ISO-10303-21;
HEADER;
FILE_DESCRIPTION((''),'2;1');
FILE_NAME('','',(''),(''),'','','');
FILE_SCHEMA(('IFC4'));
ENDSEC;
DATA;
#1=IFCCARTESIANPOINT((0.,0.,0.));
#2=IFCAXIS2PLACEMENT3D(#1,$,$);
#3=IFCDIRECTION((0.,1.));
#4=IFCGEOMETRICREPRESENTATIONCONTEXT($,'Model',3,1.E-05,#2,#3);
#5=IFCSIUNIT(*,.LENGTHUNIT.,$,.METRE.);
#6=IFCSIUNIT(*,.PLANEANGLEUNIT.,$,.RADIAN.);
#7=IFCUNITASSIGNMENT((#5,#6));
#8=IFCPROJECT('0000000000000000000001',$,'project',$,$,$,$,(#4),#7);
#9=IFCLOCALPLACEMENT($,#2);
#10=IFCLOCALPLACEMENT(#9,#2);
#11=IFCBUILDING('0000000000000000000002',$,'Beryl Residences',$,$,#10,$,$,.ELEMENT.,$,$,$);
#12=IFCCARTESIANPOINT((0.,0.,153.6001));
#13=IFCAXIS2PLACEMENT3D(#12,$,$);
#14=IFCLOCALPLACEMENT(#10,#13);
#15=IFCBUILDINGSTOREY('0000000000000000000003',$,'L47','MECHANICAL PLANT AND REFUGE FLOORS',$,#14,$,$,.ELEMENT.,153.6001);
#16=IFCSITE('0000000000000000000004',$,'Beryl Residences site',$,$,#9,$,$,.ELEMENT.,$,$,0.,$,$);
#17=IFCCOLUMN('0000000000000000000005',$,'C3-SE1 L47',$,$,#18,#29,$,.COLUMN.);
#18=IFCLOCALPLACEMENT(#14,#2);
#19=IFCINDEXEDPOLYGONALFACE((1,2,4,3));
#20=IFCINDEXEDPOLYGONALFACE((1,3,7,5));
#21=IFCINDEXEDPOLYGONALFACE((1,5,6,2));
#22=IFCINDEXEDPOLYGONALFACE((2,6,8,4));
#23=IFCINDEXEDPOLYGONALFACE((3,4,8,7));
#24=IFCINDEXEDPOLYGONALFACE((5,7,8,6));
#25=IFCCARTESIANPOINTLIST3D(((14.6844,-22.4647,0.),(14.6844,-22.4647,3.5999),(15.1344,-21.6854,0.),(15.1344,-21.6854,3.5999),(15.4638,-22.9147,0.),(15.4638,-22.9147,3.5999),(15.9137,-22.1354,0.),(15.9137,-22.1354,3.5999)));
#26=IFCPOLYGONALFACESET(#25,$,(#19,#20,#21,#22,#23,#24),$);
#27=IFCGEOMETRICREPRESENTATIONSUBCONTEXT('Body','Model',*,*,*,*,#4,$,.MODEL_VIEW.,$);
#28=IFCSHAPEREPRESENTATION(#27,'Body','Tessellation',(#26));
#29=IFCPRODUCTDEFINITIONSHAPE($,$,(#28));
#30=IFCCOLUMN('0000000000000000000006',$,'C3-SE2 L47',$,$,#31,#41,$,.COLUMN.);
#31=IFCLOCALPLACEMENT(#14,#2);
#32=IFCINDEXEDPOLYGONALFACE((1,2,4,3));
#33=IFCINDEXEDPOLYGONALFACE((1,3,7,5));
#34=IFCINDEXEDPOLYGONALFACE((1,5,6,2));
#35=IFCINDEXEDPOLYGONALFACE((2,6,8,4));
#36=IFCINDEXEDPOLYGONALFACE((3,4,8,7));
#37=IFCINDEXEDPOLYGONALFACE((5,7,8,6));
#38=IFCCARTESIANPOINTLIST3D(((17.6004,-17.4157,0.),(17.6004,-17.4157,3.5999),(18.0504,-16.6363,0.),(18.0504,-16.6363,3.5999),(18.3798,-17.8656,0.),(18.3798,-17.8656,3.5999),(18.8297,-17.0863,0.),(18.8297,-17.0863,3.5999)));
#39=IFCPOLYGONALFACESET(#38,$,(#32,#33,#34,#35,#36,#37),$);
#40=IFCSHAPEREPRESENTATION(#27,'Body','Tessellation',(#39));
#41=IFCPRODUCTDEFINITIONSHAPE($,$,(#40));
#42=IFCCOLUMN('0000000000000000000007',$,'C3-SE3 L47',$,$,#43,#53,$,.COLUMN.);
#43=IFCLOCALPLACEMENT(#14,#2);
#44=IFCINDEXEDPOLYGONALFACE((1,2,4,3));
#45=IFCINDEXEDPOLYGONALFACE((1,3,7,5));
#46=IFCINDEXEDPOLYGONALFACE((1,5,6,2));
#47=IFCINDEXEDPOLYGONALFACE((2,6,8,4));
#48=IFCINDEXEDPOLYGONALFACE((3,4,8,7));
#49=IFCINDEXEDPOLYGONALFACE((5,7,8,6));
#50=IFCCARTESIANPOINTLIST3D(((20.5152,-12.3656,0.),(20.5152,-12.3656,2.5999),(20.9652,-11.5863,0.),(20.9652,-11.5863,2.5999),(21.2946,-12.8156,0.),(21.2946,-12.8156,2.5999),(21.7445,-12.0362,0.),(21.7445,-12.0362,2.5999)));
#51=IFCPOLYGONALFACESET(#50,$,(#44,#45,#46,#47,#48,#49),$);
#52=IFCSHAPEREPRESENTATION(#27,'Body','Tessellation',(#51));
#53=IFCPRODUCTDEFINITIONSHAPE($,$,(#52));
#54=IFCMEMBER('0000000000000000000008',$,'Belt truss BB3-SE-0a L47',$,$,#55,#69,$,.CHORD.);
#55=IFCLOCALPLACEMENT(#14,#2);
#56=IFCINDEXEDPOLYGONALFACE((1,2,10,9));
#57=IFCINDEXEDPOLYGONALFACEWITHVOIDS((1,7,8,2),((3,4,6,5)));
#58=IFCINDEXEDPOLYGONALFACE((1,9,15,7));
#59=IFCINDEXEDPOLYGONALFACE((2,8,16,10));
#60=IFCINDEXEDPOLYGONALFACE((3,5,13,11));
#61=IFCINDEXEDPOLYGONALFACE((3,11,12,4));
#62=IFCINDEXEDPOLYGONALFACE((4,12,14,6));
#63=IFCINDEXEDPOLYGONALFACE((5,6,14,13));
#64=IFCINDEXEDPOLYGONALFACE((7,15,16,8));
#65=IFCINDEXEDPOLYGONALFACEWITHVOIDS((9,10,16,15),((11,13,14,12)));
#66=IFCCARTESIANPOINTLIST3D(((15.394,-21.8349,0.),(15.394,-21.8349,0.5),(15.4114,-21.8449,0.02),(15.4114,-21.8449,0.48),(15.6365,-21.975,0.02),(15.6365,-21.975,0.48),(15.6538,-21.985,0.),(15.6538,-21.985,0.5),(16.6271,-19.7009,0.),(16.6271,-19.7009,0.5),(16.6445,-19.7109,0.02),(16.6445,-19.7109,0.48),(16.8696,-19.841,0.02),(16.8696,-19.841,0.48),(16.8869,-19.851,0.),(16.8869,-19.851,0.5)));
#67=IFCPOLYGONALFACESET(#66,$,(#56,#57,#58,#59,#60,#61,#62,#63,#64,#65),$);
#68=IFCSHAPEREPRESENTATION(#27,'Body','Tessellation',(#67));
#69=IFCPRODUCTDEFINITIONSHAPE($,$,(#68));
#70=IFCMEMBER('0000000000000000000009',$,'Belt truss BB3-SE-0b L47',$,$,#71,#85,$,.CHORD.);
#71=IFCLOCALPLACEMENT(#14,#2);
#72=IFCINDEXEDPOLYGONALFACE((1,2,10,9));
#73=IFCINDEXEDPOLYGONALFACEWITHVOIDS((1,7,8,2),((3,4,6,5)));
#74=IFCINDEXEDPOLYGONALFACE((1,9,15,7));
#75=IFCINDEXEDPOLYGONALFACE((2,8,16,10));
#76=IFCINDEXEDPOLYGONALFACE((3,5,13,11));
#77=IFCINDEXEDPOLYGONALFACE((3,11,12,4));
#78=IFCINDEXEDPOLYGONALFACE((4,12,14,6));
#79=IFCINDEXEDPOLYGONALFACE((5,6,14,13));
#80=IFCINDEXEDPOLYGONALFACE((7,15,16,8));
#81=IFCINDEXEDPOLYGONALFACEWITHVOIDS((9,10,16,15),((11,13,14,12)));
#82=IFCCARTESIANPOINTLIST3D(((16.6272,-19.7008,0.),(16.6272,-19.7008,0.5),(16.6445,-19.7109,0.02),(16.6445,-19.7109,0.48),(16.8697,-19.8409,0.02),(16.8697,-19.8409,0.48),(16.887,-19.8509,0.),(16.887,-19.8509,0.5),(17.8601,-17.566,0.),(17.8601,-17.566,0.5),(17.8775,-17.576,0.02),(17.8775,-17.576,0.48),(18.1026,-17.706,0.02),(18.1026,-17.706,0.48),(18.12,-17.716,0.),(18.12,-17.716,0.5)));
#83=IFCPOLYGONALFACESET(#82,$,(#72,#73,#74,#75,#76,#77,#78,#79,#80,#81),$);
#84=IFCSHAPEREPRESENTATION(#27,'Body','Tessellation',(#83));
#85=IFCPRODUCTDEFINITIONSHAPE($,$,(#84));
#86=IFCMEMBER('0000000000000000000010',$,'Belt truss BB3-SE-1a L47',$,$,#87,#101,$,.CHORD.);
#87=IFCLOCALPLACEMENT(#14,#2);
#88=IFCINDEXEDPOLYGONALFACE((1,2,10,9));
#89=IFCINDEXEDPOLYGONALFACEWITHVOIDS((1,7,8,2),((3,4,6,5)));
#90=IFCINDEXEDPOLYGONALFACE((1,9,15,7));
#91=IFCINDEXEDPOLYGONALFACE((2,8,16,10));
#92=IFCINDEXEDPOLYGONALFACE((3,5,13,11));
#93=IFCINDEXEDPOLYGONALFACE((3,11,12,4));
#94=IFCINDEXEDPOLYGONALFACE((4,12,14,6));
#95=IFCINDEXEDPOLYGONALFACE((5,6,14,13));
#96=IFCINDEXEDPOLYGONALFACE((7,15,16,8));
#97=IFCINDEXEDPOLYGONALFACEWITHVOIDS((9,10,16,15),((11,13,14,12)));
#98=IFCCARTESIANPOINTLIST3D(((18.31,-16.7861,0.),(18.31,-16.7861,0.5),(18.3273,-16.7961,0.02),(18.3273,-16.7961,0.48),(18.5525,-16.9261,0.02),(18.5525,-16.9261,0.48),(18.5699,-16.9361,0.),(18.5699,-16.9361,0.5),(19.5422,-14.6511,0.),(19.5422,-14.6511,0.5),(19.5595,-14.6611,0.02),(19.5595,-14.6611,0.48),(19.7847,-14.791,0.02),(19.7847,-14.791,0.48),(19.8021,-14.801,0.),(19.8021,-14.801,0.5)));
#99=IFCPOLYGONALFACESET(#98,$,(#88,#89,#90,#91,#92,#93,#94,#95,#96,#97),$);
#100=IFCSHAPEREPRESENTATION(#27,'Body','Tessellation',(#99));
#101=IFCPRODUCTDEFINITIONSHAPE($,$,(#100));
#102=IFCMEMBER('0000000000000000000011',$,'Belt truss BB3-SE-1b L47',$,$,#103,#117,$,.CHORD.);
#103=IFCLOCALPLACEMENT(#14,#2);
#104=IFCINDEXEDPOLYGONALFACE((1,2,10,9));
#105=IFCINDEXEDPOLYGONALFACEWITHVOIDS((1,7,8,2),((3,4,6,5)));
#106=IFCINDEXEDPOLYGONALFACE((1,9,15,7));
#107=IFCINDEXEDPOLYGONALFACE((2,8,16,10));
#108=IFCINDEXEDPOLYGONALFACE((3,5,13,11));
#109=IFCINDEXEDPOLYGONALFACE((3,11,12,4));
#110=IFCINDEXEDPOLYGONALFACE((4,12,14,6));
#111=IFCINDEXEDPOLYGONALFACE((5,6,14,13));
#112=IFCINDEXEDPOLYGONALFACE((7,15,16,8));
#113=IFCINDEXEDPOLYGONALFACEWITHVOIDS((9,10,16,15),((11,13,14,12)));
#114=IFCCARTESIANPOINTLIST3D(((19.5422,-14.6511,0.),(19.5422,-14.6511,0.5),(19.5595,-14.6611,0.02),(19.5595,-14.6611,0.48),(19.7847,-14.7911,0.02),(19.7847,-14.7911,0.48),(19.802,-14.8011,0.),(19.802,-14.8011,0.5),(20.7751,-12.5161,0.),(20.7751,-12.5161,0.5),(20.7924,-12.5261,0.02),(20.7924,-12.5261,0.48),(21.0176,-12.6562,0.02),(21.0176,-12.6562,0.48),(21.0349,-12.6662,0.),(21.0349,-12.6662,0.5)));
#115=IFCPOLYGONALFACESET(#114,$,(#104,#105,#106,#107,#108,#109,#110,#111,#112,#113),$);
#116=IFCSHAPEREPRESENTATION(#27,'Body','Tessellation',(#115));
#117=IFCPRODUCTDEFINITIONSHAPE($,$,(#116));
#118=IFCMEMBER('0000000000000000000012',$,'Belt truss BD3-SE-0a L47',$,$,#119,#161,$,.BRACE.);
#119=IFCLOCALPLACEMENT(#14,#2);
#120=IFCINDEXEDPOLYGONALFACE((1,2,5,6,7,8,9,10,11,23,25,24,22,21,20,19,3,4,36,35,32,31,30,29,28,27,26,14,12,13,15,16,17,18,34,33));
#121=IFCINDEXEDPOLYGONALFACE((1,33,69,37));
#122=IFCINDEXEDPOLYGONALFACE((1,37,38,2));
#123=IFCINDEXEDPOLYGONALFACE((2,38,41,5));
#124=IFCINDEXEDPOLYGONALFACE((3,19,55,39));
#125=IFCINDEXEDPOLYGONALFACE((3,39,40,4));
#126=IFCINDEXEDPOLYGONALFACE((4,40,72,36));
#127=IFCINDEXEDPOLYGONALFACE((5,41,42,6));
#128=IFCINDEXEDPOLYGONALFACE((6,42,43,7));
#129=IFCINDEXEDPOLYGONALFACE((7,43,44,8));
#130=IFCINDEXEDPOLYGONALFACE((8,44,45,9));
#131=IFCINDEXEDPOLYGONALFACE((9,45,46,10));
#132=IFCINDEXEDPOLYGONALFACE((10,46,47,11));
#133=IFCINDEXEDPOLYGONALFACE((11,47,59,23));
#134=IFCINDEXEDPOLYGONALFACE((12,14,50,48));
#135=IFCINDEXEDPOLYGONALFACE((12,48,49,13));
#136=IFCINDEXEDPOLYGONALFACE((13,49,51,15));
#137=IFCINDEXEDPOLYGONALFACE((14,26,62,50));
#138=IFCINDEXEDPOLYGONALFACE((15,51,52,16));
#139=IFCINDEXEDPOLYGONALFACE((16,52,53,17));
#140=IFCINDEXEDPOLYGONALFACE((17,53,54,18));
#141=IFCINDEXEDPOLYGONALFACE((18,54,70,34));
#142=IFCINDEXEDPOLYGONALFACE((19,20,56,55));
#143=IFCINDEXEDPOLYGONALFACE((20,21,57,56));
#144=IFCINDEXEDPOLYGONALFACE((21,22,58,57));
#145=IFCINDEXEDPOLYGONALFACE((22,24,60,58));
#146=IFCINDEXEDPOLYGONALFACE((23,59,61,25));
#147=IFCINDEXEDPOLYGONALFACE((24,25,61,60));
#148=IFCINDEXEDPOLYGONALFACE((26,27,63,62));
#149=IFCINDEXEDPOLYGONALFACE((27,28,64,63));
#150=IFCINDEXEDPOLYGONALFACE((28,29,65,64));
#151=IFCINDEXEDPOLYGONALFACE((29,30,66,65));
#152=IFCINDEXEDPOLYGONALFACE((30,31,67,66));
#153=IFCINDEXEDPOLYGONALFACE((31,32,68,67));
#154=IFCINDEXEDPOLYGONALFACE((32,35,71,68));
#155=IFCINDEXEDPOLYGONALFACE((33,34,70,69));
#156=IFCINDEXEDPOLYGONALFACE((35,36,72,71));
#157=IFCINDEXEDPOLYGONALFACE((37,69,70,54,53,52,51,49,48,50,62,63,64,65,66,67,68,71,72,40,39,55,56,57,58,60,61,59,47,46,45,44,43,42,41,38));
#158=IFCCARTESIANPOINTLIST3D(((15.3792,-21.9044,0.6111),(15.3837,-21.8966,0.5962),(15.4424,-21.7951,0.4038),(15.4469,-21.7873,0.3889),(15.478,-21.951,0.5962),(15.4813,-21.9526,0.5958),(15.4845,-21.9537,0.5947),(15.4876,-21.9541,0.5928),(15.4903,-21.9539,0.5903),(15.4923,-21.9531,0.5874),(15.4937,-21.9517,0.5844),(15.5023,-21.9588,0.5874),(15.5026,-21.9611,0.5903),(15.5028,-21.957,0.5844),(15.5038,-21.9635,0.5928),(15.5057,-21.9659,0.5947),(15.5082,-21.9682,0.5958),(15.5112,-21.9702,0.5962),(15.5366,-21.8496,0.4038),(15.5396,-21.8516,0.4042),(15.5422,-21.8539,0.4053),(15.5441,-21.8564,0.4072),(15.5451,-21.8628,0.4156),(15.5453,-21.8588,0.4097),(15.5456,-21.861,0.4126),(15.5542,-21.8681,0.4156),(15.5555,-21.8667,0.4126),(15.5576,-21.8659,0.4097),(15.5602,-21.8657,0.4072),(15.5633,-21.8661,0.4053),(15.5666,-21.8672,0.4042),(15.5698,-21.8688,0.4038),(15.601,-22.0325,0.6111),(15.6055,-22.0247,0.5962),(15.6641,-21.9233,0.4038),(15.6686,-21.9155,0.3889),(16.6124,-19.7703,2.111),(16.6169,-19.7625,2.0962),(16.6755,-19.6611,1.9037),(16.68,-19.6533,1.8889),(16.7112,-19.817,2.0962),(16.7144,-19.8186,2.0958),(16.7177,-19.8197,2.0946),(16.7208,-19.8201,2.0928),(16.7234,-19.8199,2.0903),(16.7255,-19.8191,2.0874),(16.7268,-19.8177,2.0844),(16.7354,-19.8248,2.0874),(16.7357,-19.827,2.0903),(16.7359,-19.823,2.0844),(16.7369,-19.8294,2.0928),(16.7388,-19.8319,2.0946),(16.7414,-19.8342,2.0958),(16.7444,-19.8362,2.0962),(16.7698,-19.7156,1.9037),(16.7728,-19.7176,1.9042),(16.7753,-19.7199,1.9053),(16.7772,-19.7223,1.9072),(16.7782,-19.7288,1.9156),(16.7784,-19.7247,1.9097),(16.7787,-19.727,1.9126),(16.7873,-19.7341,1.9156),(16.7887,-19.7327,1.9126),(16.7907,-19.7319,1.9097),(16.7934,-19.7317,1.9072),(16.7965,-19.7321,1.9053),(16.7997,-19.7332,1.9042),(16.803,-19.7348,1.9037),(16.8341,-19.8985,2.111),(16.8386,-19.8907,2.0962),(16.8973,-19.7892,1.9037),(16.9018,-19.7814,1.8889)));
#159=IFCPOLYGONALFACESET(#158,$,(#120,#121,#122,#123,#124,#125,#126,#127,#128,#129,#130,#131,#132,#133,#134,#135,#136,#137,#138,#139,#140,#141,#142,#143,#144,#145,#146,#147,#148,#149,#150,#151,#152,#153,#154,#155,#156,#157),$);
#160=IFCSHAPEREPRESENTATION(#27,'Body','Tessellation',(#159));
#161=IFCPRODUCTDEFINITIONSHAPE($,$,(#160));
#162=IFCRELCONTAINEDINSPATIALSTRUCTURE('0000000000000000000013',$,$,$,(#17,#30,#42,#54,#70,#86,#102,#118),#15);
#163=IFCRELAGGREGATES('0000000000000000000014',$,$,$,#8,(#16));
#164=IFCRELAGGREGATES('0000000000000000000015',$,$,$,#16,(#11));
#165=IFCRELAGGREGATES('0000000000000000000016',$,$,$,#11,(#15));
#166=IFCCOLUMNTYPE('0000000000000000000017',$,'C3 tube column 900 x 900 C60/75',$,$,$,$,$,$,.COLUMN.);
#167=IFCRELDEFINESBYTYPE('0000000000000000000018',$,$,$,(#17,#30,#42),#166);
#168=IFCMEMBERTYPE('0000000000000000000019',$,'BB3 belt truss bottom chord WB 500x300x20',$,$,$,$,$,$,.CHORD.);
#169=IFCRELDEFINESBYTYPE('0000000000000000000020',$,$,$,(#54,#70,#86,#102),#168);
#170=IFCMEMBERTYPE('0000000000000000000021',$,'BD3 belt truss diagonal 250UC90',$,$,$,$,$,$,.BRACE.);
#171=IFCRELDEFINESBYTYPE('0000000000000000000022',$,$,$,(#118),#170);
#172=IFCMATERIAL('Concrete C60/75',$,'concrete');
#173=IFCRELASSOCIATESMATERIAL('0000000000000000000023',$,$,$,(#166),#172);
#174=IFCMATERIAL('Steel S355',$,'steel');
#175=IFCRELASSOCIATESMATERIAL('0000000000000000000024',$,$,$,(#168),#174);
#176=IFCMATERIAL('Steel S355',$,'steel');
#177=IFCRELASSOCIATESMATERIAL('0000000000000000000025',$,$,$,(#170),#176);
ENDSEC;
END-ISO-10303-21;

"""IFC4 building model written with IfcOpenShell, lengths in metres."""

from ifc_helpers import new_model, si_unit, direction, frame, origin, origin_2d, place, context, subcontext, project, spatial, rectangle, hollow_rectangle, i_section, extrude, material, material_profile, profile_set, type_object, element, save


model = new_model("IFC4")

# Units and contexts
model_context = context("Model", 3, precision=1e-05, world=origin(), true_north=direction((0.0, 1.0)))
body_context = subcontext(model_context, "Body", "Model", "MODEL_VIEW")
ifc_project = project(units=[si_unit("LENGTHUNIT", "METRE"), si_unit("PLANEANGLEUNIT", "RADIAN")], contexts=[model_context])

# Site, building, storey
site_placement = place(None, origin())
site = spatial("IfcSite", under=ifc_project, at=site_placement, Name="Beryl Residences site", CompositionType="ELEMENT", RefElevation=0.0)
building_placement = place(site_placement, origin())
building = spatial("IfcBuilding", under=site, at=building_placement, Name="Beryl Residences", CompositionType="ELEMENT")
storey_placement = place(building_placement, frame((0.0, 0.0, 153.6001)))
storey = spatial("IfcBuildingStorey", under=building, at=storey_placement, Name="L47", Description="MECHANICAL PLANT AND REFUGE FLOORS", CompositionType="ELEMENT", Elevation=153.6001)

# Columns
ifc_material_1 = material(Name="Concrete C60/75", Category="concrete")
ifc_material_profile_1 = material_profile(ifc_material_1, rectangle(XDim=0.8999, YDim=0.8999, at=origin_2d()))
ifc_profile_set_1 = profile_set([ifc_material_profile_1], Name="Concrete C60/75")
column_type = type_object("IfcColumnType", Name="C3 tube column 900 x 900 C60/75", PredefinedType="COLUMN", material=ifc_profile_set_1)
for number, where, z_axis, x_axis, name in (
    (1, (15.2991, -22.3, 0.0), (0.0, 0.0, 1.0), (0.5, 0.866025, 0.0), "C3-SE1 L47"),
    (2, (18.2151, -17.251, 0.0), (0.0, 0.0, 1.0), (0.5, 0.866025, 0.0), "C3-SE2 L47"),
):
    element("IfcColumn", number, at=place(storey_placement, frame(where, z_axis=z_axis, x_axis=x_axis)), inside=storey, type_object=column_type, Name=name, PredefinedType="COLUMN", context=body_context, shape_type="SweptSolid", body=[
        extrude(rectangle(XDim=0.8999, YDim=0.8999, at=origin_2d()), origin(), (0.0, 0.0, 1.0), 3.5999),
    ])
column_placement = place(storey_placement, frame((21.1299, -12.2009, 0.0), z_axis=(0.0, 0.0, 1.0), x_axis=(0.5, 0.866025, 0.0)))
element("IfcColumn", 3, at=column_placement, inside=storey, type_object=column_type, Name="C3-SE3 L47", PredefinedType="COLUMN", context=body_context, shape_type="SweptSolid", body=[
    extrude(rectangle(XDim=0.8999, YDim=0.8999, at=origin_2d()), origin(), (0.0, 0.0, 1.0), 2.5999),
])

# Members
ifc_material_2 = material(Name="Steel S355", Category="steel")
ifc_material_profile_2 = material_profile(ifc_material_2, hollow_rectangle(XDim=0.3, YDim=0.5, WallThickness=0.02, at=origin_2d()))
ifc_profile_set_2 = profile_set([ifc_material_profile_2], Name="Steel S355")
member_type_1 = type_object("IfcMemberType", Name="BB3 belt truss bottom chord WB 500x300x20", PredefinedType="CHORD", material=ifc_profile_set_2)
member_1_placement = place(storey_placement, frame((15.5239, -21.9099, 0.25), z_axis=(0.500325, 0.865837, 0.0), x_axis=(-0.865837, 0.500325, 0.0)))
element("IfcMember", 4, at=member_1_placement, inside=storey, type_object=member_type_1, Name="Belt truss BB3-SE-0a L47", PredefinedType="CHORD", context=body_context, shape_type="SweptSolid", body=[
    extrude(hollow_rectangle(XDim=0.3, YDim=0.5, WallThickness=0.02, at=origin_2d()), origin(), (0.0, 0.0, 1.0), 2.4646),
])
member_2_placement = place(storey_placement, frame((16.7571, -19.7759, 0.25), z_axis=(0.500122, 0.865955, 0.0), x_axis=(-0.865955, 0.500122, 0.0)))
element("IfcMember", 5, at=member_2_placement, inside=storey, type_object=member_type_1, Name="Belt truss BB3-SE-0b L47", PredefinedType="CHORD", context=body_context, shape_type="SweptSolid", body=[
    extrude(hollow_rectangle(XDim=0.3, YDim=0.5, WallThickness=0.02, at=origin_2d()), origin(), (0.0, 0.0, 1.0), 2.4653),
])
member_3_placement = place(storey_placement, frame((18.4399, -16.8611, 0.25), z_axis=(0.499857, 0.866108, 0.0), x_axis=(-0.866108, 0.499857, 0.0)))
element("IfcMember", 6, at=member_3_placement, inside=storey, type_object=member_type_1, Name="Belt truss BB3-SE-1a L47", PredefinedType="CHORD", context=body_context, shape_type="SweptSolid", body=[
    extrude(hollow_rectangle(XDim=0.3, YDim=0.5, WallThickness=0.02, at=origin_2d()), origin(), (0.0, 0.0, 1.0), 2.4651),
])
member_4_placement = place(storey_placement, frame((19.6721, -14.7261, 0.25), z_axis=(0.50008, 0.865979, 0.0), x_axis=(-0.865979, 0.50008, 0.0)))
element("IfcMember", 7, at=member_4_placement, inside=storey, type_object=member_type_1, Name="Belt truss BB3-SE-1b L47", PredefinedType="CHORD", context=body_context, shape_type="SweptSolid", body=[
    extrude(hollow_rectangle(XDim=0.3, YDim=0.5, WallThickness=0.02, at=origin_2d()), origin(), (0.0, 0.0, 1.0), 2.4653),
])
ifc_material_3 = material(Name="Steel S355", Category="steel")
ifc_material_profile_3 = material_profile(ifc_material_3, i_section(OverallWidth=0.2561, OverallDepth=0.26, WebThickness=0.0105, FlangeThickness=0.0173, FilletRadius=0.0139, at=origin_2d()))
ifc_profile_set_3 = profile_set([ifc_material_profile_3], Name="Steel S355")
member_type_2 = type_object("IfcMemberType", Name="BD3 belt truss diagonal 250UC90", PredefinedType="BRACE", material=ifc_profile_set_3)
member_5_placement = place(storey_placement, frame((15.5239, -21.9099, 0.5), z_axis=(0.427397, 0.739631, 0.519883), x_axis=(-0.865837, 0.500325, 0.0)))
element("IfcMember", 8, at=member_5_placement, inside=storey, type_object=member_type_2, Name="Belt truss BD3-SE-0a L47", PredefinedType="BRACE", context=body_context, shape_type="SweptSolid", body=[
    extrude(i_section(OverallWidth=0.2561, OverallDepth=0.26, WebThickness=0.0105, FlangeThickness=0.0173, FilletRadius=0.0139, at=origin_2d()), origin(), (0.0, 0.0, 1.0), 2.8853),
])

save(model, "model.ifc")
